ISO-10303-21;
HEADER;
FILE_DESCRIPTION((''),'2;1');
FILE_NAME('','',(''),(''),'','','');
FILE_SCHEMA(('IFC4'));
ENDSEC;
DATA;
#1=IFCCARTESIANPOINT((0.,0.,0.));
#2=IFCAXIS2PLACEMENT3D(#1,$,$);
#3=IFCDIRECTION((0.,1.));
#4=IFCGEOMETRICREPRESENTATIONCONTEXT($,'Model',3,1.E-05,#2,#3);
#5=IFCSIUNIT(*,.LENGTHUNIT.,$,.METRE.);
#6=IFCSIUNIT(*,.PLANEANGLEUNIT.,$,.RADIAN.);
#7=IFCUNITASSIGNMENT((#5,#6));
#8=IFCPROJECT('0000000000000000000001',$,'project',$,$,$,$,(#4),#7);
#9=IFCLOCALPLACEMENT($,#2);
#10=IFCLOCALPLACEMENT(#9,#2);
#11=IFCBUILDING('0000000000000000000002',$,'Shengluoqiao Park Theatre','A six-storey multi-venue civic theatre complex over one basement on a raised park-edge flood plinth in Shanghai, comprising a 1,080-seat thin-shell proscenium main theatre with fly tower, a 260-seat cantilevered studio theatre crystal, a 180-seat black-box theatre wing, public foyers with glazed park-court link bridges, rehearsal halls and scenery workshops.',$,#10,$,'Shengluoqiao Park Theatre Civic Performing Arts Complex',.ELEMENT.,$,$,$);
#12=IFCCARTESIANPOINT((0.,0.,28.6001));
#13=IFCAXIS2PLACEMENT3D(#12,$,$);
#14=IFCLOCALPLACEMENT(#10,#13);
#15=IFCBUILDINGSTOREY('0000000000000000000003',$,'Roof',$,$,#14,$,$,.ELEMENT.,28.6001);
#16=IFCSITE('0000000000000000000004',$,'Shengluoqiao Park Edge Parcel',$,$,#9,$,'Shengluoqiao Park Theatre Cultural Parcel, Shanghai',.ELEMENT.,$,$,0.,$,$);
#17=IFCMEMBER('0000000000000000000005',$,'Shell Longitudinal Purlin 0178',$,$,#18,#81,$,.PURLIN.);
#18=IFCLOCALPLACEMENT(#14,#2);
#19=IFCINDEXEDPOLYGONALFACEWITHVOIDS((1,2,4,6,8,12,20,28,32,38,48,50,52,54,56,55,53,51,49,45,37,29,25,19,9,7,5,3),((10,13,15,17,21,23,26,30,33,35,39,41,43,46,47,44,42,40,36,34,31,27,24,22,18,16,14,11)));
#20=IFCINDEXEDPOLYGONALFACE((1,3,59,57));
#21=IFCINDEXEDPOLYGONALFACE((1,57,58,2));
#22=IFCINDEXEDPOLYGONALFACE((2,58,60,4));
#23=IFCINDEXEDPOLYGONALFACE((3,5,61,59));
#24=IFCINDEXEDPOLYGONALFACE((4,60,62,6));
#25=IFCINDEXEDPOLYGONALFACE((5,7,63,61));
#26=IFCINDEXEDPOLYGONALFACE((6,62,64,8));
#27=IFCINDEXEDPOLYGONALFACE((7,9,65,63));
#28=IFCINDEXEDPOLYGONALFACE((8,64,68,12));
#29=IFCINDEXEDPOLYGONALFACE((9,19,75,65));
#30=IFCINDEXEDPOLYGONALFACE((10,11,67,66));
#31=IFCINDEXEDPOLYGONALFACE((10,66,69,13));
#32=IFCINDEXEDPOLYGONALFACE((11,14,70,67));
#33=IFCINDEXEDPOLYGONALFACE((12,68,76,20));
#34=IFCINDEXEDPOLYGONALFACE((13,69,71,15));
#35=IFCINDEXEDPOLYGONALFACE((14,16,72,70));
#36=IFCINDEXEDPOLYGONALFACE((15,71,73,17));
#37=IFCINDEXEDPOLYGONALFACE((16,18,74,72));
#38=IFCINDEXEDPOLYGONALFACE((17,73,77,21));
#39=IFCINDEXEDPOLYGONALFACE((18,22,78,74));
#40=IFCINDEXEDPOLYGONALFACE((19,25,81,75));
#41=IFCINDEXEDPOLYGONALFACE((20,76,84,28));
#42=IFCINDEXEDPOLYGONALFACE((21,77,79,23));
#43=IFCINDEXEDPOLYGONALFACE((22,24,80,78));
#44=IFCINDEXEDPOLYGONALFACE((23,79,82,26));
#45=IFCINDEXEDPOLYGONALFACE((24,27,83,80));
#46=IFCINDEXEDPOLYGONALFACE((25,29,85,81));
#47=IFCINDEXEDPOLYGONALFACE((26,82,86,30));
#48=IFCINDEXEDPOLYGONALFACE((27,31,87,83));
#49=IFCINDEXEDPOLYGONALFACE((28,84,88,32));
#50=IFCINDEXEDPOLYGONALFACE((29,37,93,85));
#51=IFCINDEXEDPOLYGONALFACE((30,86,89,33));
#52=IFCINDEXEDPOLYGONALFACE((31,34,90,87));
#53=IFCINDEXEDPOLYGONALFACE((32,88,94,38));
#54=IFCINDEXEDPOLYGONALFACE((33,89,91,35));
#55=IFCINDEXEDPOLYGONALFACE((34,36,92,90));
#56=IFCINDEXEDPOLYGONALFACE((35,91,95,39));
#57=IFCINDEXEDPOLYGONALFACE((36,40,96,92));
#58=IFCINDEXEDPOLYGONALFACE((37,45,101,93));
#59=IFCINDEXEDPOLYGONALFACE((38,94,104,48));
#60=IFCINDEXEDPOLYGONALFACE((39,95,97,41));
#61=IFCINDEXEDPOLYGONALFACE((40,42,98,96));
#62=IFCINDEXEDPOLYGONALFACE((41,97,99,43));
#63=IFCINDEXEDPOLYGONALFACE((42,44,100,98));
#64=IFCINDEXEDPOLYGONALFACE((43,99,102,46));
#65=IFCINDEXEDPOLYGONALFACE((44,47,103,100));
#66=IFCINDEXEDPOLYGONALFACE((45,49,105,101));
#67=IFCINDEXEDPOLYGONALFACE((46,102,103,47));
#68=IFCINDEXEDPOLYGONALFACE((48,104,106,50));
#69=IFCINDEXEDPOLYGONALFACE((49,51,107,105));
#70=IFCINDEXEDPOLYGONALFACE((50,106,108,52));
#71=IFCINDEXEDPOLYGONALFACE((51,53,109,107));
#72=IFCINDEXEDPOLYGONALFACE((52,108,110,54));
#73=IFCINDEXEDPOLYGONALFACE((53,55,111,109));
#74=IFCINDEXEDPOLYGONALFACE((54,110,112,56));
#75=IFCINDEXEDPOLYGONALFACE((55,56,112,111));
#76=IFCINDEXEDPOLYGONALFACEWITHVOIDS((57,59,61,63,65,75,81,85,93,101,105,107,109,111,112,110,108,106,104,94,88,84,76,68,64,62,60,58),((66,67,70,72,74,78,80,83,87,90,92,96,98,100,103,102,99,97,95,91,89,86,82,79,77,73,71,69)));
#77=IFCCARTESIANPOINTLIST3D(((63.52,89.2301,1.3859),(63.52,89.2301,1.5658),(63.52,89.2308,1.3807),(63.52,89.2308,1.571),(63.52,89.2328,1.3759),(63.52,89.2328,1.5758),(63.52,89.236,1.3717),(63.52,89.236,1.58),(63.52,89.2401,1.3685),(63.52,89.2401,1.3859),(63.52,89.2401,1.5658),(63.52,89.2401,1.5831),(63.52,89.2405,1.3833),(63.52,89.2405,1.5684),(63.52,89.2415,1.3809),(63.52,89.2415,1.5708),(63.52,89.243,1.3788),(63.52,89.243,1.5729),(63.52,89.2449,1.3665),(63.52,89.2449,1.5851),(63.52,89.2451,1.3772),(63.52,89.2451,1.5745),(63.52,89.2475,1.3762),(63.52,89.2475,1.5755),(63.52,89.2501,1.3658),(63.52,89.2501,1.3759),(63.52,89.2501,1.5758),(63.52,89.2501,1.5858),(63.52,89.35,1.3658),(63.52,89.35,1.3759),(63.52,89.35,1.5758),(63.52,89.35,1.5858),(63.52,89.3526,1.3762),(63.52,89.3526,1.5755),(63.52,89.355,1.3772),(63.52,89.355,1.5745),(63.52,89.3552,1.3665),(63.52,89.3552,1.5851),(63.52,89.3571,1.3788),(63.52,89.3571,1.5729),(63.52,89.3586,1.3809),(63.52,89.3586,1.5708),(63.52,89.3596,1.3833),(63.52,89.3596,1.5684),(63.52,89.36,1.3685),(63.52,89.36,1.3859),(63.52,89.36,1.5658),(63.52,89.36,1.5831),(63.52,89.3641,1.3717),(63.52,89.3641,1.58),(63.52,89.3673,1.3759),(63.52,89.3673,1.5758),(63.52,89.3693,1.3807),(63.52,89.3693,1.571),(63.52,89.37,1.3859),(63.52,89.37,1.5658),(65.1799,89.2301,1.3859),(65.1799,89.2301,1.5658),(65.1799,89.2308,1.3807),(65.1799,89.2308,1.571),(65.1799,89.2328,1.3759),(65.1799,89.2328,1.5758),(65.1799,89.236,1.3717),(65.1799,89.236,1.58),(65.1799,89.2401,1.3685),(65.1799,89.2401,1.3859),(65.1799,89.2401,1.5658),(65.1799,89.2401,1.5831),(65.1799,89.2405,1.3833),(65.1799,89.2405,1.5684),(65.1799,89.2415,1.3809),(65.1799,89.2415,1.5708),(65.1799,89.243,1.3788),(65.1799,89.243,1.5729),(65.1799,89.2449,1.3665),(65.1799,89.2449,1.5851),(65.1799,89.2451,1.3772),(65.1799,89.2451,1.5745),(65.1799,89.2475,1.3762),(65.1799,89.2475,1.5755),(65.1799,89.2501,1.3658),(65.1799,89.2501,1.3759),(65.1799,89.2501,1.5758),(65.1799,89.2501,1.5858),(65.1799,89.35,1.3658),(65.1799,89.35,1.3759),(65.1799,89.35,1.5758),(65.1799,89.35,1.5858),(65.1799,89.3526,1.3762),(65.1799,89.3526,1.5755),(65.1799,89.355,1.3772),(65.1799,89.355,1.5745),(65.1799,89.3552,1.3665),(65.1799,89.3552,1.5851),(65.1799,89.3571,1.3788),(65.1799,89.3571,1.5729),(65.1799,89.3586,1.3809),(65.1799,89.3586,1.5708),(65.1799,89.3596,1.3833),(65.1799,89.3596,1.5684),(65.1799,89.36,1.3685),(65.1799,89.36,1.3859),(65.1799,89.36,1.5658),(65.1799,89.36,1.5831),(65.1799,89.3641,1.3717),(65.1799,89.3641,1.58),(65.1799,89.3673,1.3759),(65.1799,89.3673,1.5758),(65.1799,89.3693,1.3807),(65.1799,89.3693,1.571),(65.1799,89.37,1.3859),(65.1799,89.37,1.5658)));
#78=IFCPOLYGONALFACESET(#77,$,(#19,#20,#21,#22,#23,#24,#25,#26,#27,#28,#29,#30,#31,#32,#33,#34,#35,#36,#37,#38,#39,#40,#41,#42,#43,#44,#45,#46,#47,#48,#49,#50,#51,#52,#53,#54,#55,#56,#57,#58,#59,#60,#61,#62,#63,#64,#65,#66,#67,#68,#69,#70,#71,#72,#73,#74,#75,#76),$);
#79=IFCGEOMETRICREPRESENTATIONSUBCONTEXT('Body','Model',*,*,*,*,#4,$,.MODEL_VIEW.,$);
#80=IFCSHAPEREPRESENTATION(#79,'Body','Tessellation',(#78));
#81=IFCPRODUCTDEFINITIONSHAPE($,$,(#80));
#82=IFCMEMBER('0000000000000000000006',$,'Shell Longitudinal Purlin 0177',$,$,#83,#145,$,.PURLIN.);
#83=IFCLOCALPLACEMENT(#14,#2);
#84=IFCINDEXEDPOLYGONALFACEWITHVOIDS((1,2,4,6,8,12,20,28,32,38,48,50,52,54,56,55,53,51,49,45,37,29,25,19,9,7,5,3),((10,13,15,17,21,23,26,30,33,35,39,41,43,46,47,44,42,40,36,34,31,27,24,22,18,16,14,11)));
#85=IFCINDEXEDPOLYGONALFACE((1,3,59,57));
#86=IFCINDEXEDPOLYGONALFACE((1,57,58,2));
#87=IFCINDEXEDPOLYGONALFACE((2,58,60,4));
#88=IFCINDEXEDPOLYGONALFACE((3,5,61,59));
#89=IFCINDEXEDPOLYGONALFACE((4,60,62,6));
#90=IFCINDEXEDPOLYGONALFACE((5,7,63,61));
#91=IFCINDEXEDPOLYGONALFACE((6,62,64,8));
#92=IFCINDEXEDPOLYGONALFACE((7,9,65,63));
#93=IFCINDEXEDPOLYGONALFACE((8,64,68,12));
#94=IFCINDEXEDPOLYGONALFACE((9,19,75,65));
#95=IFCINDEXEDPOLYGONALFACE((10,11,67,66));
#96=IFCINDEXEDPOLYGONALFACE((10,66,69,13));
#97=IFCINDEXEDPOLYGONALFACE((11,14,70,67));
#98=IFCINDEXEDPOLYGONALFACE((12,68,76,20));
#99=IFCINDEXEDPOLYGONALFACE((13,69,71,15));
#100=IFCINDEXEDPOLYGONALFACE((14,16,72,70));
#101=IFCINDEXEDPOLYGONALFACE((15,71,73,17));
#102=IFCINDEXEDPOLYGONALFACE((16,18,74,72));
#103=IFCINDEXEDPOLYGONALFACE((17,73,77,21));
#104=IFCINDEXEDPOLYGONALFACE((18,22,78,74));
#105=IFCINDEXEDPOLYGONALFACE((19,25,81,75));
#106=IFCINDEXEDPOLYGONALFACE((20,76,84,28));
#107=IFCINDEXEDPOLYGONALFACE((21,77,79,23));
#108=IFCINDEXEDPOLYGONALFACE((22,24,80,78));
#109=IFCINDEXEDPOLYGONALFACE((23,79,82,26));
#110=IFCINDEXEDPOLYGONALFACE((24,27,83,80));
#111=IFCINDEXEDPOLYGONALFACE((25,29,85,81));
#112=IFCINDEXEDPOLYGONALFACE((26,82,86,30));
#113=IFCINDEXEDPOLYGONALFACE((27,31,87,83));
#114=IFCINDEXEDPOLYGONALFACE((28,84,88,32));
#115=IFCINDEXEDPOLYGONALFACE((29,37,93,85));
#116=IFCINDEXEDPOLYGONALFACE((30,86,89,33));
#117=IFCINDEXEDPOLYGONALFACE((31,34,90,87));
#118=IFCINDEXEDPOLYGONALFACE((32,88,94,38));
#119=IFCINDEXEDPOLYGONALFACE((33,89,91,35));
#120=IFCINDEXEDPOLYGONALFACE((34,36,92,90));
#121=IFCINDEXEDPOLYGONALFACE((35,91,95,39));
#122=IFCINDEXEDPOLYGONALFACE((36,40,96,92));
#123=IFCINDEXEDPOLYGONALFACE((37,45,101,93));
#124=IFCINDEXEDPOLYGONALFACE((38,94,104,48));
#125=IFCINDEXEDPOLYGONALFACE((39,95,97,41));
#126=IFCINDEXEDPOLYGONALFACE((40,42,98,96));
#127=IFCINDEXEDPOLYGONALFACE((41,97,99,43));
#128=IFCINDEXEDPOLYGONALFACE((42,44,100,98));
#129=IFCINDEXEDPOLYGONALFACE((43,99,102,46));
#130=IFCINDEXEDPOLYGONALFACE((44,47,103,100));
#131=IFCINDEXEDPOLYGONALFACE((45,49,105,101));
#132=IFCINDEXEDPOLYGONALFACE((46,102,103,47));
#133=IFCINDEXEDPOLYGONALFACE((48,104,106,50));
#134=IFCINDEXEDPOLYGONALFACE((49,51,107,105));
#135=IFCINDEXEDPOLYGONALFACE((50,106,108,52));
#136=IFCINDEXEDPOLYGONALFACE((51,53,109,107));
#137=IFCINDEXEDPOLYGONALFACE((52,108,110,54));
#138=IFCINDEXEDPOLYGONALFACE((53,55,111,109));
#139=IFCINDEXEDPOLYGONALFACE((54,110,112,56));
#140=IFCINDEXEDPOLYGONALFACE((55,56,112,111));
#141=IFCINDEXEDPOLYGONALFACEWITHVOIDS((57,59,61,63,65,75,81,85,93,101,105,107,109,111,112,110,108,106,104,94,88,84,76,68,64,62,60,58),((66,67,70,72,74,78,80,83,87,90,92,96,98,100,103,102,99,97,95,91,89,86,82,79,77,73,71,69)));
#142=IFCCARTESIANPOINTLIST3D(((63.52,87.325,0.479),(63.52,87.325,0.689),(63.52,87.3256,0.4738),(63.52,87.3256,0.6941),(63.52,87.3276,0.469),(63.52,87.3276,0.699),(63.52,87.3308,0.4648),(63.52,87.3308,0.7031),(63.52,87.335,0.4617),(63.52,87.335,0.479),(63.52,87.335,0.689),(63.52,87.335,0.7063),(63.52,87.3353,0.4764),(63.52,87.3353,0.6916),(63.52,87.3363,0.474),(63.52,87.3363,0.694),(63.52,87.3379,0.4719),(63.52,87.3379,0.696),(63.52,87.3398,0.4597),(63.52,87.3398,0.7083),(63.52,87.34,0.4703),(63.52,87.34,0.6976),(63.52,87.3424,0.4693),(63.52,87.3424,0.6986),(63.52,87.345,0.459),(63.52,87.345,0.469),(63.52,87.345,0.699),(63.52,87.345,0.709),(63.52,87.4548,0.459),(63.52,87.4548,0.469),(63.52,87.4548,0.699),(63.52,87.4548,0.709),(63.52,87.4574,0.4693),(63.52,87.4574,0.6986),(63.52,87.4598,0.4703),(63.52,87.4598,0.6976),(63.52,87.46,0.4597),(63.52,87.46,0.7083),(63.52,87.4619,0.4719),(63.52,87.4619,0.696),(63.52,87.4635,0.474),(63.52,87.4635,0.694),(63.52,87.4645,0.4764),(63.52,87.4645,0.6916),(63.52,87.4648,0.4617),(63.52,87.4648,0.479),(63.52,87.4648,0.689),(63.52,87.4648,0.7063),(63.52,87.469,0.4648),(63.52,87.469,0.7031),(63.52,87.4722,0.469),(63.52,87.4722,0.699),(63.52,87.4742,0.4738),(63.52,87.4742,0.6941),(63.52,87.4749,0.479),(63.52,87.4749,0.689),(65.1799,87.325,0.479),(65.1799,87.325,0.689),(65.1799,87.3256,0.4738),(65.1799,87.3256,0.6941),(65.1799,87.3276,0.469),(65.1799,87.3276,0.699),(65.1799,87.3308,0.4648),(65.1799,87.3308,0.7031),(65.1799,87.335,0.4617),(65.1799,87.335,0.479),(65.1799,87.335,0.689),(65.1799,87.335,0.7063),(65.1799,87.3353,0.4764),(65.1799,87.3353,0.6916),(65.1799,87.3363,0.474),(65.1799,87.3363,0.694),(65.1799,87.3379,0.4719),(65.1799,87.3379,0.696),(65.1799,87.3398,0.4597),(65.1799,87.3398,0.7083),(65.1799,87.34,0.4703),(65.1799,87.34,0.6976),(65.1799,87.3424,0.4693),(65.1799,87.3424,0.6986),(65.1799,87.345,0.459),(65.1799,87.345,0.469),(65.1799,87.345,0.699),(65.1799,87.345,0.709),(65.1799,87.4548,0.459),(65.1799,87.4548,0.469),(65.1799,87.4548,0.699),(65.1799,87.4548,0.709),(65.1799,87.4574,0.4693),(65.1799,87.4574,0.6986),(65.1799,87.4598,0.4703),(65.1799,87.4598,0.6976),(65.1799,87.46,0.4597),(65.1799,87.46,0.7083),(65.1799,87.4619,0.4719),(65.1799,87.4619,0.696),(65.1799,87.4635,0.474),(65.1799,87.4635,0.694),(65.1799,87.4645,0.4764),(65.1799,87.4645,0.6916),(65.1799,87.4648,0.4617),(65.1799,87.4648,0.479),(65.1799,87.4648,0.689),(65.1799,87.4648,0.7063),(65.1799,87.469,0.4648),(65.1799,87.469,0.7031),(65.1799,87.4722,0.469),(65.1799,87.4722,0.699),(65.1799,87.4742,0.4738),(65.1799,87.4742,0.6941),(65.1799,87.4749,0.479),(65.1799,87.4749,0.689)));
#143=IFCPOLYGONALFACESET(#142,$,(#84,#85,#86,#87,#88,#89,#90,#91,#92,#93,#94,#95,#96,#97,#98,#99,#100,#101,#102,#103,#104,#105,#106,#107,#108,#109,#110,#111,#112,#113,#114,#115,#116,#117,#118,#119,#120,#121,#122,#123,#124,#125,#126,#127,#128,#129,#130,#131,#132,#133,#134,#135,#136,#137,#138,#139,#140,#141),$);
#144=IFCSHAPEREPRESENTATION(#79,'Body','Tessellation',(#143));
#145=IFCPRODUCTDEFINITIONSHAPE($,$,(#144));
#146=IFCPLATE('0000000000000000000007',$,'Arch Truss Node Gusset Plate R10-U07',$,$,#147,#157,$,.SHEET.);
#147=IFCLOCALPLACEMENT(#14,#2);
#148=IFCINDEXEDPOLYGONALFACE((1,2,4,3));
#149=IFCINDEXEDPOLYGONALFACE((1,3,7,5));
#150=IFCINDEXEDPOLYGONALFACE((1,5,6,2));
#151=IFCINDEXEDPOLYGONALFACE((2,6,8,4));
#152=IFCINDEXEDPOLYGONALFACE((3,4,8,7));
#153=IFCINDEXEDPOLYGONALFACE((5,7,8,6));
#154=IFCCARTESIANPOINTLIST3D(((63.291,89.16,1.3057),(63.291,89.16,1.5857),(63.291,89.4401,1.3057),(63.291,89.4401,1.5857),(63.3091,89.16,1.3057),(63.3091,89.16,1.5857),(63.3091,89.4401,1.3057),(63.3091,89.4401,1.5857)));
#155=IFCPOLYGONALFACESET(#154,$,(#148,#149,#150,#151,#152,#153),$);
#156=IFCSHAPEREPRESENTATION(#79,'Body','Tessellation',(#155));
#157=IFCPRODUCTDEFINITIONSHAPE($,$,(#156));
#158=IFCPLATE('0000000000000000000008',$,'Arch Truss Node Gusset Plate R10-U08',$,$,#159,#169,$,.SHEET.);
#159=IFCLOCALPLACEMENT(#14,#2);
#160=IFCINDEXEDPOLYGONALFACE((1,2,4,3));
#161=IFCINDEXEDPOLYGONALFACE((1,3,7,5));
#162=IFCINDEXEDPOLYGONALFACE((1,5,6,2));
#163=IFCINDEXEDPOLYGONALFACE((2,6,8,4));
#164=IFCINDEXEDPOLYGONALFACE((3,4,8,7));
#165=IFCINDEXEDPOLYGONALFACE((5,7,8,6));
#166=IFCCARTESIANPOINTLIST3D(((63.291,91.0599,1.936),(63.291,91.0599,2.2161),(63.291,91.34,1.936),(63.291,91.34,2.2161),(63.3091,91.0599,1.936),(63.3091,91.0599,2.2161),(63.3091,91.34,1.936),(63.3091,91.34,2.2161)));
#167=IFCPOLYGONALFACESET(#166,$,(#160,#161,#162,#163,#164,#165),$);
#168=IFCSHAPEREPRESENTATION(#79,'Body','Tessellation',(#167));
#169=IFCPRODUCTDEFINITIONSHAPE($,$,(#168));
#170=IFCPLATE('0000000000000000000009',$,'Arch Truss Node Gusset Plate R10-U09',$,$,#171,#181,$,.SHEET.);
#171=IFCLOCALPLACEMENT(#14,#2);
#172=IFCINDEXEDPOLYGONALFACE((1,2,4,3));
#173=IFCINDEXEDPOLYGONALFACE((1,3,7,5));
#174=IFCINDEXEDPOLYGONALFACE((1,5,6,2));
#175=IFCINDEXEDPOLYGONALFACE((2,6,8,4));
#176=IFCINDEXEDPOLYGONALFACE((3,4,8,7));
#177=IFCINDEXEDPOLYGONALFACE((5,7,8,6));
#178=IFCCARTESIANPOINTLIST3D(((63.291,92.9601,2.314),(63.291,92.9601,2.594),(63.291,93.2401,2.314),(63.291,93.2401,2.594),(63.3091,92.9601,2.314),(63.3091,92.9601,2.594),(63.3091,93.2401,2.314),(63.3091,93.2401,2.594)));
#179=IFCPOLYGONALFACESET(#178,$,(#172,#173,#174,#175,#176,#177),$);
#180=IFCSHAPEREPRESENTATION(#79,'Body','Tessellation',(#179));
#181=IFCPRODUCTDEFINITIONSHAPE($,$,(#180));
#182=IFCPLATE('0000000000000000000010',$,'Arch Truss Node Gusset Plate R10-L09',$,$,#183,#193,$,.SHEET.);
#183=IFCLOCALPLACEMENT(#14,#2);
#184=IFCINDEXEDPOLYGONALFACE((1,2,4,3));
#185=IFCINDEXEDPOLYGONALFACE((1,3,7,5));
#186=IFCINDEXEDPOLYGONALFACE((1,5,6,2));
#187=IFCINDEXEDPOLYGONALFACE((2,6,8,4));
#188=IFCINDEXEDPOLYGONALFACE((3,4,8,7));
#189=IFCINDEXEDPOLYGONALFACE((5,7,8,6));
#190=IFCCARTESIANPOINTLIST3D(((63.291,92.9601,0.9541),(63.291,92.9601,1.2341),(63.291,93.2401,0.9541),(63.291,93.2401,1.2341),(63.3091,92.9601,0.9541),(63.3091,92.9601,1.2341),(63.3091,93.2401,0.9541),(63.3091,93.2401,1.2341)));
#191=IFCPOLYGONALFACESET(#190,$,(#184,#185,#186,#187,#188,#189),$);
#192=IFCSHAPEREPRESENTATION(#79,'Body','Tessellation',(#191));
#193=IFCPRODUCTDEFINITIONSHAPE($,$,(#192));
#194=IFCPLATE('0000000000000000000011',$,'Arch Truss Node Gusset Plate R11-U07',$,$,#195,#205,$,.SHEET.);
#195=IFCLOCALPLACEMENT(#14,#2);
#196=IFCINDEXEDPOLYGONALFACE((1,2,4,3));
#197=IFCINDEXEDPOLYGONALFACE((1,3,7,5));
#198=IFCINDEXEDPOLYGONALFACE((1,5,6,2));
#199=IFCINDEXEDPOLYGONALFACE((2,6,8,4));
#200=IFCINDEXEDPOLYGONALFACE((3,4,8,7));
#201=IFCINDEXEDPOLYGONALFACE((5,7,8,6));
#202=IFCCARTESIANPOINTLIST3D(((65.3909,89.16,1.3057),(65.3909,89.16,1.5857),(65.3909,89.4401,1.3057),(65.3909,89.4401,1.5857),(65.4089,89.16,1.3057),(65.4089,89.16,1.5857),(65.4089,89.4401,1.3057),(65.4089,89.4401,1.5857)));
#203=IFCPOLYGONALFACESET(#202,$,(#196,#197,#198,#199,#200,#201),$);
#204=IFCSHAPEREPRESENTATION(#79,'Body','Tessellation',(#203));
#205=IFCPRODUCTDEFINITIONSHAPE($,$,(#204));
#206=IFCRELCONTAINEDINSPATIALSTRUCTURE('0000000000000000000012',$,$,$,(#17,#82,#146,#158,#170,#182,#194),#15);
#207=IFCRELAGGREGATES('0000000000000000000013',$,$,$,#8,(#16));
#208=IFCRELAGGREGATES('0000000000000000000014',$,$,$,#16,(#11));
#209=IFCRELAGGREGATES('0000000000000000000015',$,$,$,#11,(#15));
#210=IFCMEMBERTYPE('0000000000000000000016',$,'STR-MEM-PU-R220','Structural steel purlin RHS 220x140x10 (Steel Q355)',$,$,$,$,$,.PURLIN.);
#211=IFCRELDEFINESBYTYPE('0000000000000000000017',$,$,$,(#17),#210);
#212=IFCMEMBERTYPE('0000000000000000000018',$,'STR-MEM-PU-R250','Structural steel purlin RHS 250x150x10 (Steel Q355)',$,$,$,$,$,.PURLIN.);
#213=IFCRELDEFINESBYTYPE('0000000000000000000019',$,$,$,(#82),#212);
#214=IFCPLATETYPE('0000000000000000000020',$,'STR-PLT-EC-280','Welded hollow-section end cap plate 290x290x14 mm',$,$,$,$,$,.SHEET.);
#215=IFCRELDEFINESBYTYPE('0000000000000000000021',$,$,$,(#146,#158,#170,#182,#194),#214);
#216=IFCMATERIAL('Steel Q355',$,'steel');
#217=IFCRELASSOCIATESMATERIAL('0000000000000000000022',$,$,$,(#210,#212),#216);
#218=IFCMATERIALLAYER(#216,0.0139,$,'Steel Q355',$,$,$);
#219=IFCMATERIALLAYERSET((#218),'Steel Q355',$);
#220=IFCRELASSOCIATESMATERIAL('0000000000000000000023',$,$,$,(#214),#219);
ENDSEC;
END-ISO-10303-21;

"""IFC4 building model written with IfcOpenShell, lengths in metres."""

from ifc_helpers import new_model, si_unit, direction, frame, origin, origin_2d, place, context, subcontext, project, spatial, rectangle, hollow_rectangle, extrude, material, layer, layer_set, material_profile, profile_set, type_object, element, save


model = new_model("IFC4")

# Units and contexts
model_context = context("Model", 3, precision=1e-05, world=origin(), true_north=direction((0.0, 1.0)))
body_context = subcontext(model_context, "Body", "Model", "MODEL_VIEW")
ifc_project = project(units=[si_unit("LENGTHUNIT", "METRE"), si_unit("PLANEANGLEUNIT", "RADIAN")], contexts=[model_context])

# Site, building, storey
site_placement = place(None, origin())
site = spatial("IfcSite", under=ifc_project, at=site_placement, Name="Shengluoqiao Park Edge Parcel", LongName="Shengluoqiao Park Theatre Cultural Parcel, Shanghai", CompositionType="ELEMENT", RefElevation=0.0)
building_placement = place(site_placement, origin())
building = spatial("IfcBuilding", under=site, at=building_placement, Name="Shengluoqiao Park Theatre", Description="A six-storey multi-venue civic theatre complex over one basement on a raised park-edge flood plinth in Shanghai, comprising a 1,080-seat thin-shell proscenium main theatre with fly tower, a 260-seat cantilevered studio theatre crystal, a 180-seat black-box theatre wing, public foyers with glazed park-court link bridges, rehearsal halls and scenery workshops.", LongName="Shengluoqiao Park Theatre Civic Performing Arts Complex", CompositionType="ELEMENT")
storey_placement = place(building_placement, frame((0.0, 0.0, 28.6001)))
storey = spatial("IfcBuildingStorey", under=building, at=storey_placement, Name="Roof", CompositionType="ELEMENT", Elevation=28.6001)

# Shared definitions
ifc_material_1 = material(Name="Steel Q355", Category="steel")

# Members
ifc_material_profile_1 = material_profile(ifc_material_1, hollow_rectangle(XDim=0.1399, YDim=0.22, WallThickness=0.01, InnerFilletRadius=0.01, OuterFilletRadius=0.02, at=origin_2d()), Name="RHS 220x140x10")
ifc_profile_set_1 = profile_set([ifc_material_profile_1], Name="Steel Q355")
member_type_1 = type_object("IfcMemberType", Name="STR-MEM-PU-R220", Description="Structural steel purlin RHS 220x140x10 (Steel Q355)", PredefinedType="PURLIN", material=ifc_profile_set_1)
member_1_placement = place(storey_placement, frame((63.52, 89.3, 1.4758), z_axis=(1.0, 0.0, 0.0), x_axis=(0.0, 1.0, 0.0)))
element("IfcMember", 1, at=member_1_placement, inside=storey, type_object=member_type_1, Name="Shell Longitudinal Purlin 0178", PredefinedType="PURLIN", context=body_context, shape_type="SweptSolid", body=[
    extrude(hollow_rectangle(XDim=0.1399, YDim=0.22, WallThickness=0.01, InnerFilletRadius=0.01, OuterFilletRadius=0.02, at=origin_2d()), origin(), (0.0, 0.0, 1.0), 1.6599),
])
ifc_material_profile_2 = material_profile(ifc_material_1, hollow_rectangle(XDim=0.1499, YDim=0.25, WallThickness=0.01, InnerFilletRadius=0.01, OuterFilletRadius=0.02, at=origin_2d()), Name="RHS 250x150x10")
ifc_profile_set_2 = profile_set([ifc_material_profile_2], Name="Steel Q355")
member_type_2 = type_object("IfcMemberType", Name="STR-MEM-PU-R250", Description="Structural steel purlin RHS 250x150x10 (Steel Q355)", PredefinedType="PURLIN", material=ifc_profile_set_2)
member_2_placement = place(storey_placement, frame((63.52, 87.3999, 0.584), z_axis=(1.0, 0.0, 0.0), x_axis=(0.0, 1.0, 0.0)))
element("IfcMember", 2, at=member_2_placement, inside=storey, type_object=member_type_2, Name="Shell Longitudinal Purlin 0177", PredefinedType="PURLIN", context=body_context, shape_type="SweptSolid", body=[
    extrude(hollow_rectangle(XDim=0.1499, YDim=0.25, WallThickness=0.01, InnerFilletRadius=0.01, OuterFilletRadius=0.02, at=origin_2d()), origin(), (0.0, 0.0, 1.0), 1.6599),
])

# Plates
ifc_layer_1 = layer(ifc_material_1, 0.0139, Name="Steel Q355")
ifc_layer_set_1 = layer_set([ifc_layer_1], Name="Steel Q355")
plate_type_1 = type_object("IfcPlateType", Name="STR-PLT-EC-280", Description="Welded hollow-section end cap plate 290x290x14 mm", PredefinedType="SHEET", material=ifc_layer_set_1)
for number, where, z_axis, x_axis, name in (
    (3, (63.3, 89.3, 1.3057), (0.0, 0.0, 1.0), (1.0, 0.0, 0.0), "Arch Truss Node Gusset Plate R10-U07"),
    (4, (63.3, 91.2, 1.936), (0.0, 0.0, 1.0), (1.0, 0.0, 0.0), "Arch Truss Node Gusset Plate R10-U08"),
    (5, (63.3, 93.1001, 2.314), (0.0, 0.0, 1.0), (1.0, 0.0, 0.0), "Arch Truss Node Gusset Plate R10-U09"),
    (6, (63.3, 93.1001, 0.9541), (0.0, 0.0, 1.0), (1.0, 0.0, 0.0), "Arch Truss Node Gusset Plate R10-L09"),
    (7, (65.3999, 89.3, 1.3057), (0.0, 0.0, 1.0), (1.0, 0.0, 0.0), "Arch Truss Node Gusset Plate R11-U07"),
):
    element("IfcPlate", number, at=place(storey_placement, frame(where, z_axis=z_axis, x_axis=x_axis)), inside=storey, type_object=plate_type_1, Name=name, PredefinedType="SHEET", context=body_context, shape_type="SweptSolid", body=[
        extrude(rectangle(XDim=0.0181, YDim=0.28, at=origin_2d()), origin(), (0.0, 0.0, 1.0), 0.28),
    ])

save(model, "model.ifc")
